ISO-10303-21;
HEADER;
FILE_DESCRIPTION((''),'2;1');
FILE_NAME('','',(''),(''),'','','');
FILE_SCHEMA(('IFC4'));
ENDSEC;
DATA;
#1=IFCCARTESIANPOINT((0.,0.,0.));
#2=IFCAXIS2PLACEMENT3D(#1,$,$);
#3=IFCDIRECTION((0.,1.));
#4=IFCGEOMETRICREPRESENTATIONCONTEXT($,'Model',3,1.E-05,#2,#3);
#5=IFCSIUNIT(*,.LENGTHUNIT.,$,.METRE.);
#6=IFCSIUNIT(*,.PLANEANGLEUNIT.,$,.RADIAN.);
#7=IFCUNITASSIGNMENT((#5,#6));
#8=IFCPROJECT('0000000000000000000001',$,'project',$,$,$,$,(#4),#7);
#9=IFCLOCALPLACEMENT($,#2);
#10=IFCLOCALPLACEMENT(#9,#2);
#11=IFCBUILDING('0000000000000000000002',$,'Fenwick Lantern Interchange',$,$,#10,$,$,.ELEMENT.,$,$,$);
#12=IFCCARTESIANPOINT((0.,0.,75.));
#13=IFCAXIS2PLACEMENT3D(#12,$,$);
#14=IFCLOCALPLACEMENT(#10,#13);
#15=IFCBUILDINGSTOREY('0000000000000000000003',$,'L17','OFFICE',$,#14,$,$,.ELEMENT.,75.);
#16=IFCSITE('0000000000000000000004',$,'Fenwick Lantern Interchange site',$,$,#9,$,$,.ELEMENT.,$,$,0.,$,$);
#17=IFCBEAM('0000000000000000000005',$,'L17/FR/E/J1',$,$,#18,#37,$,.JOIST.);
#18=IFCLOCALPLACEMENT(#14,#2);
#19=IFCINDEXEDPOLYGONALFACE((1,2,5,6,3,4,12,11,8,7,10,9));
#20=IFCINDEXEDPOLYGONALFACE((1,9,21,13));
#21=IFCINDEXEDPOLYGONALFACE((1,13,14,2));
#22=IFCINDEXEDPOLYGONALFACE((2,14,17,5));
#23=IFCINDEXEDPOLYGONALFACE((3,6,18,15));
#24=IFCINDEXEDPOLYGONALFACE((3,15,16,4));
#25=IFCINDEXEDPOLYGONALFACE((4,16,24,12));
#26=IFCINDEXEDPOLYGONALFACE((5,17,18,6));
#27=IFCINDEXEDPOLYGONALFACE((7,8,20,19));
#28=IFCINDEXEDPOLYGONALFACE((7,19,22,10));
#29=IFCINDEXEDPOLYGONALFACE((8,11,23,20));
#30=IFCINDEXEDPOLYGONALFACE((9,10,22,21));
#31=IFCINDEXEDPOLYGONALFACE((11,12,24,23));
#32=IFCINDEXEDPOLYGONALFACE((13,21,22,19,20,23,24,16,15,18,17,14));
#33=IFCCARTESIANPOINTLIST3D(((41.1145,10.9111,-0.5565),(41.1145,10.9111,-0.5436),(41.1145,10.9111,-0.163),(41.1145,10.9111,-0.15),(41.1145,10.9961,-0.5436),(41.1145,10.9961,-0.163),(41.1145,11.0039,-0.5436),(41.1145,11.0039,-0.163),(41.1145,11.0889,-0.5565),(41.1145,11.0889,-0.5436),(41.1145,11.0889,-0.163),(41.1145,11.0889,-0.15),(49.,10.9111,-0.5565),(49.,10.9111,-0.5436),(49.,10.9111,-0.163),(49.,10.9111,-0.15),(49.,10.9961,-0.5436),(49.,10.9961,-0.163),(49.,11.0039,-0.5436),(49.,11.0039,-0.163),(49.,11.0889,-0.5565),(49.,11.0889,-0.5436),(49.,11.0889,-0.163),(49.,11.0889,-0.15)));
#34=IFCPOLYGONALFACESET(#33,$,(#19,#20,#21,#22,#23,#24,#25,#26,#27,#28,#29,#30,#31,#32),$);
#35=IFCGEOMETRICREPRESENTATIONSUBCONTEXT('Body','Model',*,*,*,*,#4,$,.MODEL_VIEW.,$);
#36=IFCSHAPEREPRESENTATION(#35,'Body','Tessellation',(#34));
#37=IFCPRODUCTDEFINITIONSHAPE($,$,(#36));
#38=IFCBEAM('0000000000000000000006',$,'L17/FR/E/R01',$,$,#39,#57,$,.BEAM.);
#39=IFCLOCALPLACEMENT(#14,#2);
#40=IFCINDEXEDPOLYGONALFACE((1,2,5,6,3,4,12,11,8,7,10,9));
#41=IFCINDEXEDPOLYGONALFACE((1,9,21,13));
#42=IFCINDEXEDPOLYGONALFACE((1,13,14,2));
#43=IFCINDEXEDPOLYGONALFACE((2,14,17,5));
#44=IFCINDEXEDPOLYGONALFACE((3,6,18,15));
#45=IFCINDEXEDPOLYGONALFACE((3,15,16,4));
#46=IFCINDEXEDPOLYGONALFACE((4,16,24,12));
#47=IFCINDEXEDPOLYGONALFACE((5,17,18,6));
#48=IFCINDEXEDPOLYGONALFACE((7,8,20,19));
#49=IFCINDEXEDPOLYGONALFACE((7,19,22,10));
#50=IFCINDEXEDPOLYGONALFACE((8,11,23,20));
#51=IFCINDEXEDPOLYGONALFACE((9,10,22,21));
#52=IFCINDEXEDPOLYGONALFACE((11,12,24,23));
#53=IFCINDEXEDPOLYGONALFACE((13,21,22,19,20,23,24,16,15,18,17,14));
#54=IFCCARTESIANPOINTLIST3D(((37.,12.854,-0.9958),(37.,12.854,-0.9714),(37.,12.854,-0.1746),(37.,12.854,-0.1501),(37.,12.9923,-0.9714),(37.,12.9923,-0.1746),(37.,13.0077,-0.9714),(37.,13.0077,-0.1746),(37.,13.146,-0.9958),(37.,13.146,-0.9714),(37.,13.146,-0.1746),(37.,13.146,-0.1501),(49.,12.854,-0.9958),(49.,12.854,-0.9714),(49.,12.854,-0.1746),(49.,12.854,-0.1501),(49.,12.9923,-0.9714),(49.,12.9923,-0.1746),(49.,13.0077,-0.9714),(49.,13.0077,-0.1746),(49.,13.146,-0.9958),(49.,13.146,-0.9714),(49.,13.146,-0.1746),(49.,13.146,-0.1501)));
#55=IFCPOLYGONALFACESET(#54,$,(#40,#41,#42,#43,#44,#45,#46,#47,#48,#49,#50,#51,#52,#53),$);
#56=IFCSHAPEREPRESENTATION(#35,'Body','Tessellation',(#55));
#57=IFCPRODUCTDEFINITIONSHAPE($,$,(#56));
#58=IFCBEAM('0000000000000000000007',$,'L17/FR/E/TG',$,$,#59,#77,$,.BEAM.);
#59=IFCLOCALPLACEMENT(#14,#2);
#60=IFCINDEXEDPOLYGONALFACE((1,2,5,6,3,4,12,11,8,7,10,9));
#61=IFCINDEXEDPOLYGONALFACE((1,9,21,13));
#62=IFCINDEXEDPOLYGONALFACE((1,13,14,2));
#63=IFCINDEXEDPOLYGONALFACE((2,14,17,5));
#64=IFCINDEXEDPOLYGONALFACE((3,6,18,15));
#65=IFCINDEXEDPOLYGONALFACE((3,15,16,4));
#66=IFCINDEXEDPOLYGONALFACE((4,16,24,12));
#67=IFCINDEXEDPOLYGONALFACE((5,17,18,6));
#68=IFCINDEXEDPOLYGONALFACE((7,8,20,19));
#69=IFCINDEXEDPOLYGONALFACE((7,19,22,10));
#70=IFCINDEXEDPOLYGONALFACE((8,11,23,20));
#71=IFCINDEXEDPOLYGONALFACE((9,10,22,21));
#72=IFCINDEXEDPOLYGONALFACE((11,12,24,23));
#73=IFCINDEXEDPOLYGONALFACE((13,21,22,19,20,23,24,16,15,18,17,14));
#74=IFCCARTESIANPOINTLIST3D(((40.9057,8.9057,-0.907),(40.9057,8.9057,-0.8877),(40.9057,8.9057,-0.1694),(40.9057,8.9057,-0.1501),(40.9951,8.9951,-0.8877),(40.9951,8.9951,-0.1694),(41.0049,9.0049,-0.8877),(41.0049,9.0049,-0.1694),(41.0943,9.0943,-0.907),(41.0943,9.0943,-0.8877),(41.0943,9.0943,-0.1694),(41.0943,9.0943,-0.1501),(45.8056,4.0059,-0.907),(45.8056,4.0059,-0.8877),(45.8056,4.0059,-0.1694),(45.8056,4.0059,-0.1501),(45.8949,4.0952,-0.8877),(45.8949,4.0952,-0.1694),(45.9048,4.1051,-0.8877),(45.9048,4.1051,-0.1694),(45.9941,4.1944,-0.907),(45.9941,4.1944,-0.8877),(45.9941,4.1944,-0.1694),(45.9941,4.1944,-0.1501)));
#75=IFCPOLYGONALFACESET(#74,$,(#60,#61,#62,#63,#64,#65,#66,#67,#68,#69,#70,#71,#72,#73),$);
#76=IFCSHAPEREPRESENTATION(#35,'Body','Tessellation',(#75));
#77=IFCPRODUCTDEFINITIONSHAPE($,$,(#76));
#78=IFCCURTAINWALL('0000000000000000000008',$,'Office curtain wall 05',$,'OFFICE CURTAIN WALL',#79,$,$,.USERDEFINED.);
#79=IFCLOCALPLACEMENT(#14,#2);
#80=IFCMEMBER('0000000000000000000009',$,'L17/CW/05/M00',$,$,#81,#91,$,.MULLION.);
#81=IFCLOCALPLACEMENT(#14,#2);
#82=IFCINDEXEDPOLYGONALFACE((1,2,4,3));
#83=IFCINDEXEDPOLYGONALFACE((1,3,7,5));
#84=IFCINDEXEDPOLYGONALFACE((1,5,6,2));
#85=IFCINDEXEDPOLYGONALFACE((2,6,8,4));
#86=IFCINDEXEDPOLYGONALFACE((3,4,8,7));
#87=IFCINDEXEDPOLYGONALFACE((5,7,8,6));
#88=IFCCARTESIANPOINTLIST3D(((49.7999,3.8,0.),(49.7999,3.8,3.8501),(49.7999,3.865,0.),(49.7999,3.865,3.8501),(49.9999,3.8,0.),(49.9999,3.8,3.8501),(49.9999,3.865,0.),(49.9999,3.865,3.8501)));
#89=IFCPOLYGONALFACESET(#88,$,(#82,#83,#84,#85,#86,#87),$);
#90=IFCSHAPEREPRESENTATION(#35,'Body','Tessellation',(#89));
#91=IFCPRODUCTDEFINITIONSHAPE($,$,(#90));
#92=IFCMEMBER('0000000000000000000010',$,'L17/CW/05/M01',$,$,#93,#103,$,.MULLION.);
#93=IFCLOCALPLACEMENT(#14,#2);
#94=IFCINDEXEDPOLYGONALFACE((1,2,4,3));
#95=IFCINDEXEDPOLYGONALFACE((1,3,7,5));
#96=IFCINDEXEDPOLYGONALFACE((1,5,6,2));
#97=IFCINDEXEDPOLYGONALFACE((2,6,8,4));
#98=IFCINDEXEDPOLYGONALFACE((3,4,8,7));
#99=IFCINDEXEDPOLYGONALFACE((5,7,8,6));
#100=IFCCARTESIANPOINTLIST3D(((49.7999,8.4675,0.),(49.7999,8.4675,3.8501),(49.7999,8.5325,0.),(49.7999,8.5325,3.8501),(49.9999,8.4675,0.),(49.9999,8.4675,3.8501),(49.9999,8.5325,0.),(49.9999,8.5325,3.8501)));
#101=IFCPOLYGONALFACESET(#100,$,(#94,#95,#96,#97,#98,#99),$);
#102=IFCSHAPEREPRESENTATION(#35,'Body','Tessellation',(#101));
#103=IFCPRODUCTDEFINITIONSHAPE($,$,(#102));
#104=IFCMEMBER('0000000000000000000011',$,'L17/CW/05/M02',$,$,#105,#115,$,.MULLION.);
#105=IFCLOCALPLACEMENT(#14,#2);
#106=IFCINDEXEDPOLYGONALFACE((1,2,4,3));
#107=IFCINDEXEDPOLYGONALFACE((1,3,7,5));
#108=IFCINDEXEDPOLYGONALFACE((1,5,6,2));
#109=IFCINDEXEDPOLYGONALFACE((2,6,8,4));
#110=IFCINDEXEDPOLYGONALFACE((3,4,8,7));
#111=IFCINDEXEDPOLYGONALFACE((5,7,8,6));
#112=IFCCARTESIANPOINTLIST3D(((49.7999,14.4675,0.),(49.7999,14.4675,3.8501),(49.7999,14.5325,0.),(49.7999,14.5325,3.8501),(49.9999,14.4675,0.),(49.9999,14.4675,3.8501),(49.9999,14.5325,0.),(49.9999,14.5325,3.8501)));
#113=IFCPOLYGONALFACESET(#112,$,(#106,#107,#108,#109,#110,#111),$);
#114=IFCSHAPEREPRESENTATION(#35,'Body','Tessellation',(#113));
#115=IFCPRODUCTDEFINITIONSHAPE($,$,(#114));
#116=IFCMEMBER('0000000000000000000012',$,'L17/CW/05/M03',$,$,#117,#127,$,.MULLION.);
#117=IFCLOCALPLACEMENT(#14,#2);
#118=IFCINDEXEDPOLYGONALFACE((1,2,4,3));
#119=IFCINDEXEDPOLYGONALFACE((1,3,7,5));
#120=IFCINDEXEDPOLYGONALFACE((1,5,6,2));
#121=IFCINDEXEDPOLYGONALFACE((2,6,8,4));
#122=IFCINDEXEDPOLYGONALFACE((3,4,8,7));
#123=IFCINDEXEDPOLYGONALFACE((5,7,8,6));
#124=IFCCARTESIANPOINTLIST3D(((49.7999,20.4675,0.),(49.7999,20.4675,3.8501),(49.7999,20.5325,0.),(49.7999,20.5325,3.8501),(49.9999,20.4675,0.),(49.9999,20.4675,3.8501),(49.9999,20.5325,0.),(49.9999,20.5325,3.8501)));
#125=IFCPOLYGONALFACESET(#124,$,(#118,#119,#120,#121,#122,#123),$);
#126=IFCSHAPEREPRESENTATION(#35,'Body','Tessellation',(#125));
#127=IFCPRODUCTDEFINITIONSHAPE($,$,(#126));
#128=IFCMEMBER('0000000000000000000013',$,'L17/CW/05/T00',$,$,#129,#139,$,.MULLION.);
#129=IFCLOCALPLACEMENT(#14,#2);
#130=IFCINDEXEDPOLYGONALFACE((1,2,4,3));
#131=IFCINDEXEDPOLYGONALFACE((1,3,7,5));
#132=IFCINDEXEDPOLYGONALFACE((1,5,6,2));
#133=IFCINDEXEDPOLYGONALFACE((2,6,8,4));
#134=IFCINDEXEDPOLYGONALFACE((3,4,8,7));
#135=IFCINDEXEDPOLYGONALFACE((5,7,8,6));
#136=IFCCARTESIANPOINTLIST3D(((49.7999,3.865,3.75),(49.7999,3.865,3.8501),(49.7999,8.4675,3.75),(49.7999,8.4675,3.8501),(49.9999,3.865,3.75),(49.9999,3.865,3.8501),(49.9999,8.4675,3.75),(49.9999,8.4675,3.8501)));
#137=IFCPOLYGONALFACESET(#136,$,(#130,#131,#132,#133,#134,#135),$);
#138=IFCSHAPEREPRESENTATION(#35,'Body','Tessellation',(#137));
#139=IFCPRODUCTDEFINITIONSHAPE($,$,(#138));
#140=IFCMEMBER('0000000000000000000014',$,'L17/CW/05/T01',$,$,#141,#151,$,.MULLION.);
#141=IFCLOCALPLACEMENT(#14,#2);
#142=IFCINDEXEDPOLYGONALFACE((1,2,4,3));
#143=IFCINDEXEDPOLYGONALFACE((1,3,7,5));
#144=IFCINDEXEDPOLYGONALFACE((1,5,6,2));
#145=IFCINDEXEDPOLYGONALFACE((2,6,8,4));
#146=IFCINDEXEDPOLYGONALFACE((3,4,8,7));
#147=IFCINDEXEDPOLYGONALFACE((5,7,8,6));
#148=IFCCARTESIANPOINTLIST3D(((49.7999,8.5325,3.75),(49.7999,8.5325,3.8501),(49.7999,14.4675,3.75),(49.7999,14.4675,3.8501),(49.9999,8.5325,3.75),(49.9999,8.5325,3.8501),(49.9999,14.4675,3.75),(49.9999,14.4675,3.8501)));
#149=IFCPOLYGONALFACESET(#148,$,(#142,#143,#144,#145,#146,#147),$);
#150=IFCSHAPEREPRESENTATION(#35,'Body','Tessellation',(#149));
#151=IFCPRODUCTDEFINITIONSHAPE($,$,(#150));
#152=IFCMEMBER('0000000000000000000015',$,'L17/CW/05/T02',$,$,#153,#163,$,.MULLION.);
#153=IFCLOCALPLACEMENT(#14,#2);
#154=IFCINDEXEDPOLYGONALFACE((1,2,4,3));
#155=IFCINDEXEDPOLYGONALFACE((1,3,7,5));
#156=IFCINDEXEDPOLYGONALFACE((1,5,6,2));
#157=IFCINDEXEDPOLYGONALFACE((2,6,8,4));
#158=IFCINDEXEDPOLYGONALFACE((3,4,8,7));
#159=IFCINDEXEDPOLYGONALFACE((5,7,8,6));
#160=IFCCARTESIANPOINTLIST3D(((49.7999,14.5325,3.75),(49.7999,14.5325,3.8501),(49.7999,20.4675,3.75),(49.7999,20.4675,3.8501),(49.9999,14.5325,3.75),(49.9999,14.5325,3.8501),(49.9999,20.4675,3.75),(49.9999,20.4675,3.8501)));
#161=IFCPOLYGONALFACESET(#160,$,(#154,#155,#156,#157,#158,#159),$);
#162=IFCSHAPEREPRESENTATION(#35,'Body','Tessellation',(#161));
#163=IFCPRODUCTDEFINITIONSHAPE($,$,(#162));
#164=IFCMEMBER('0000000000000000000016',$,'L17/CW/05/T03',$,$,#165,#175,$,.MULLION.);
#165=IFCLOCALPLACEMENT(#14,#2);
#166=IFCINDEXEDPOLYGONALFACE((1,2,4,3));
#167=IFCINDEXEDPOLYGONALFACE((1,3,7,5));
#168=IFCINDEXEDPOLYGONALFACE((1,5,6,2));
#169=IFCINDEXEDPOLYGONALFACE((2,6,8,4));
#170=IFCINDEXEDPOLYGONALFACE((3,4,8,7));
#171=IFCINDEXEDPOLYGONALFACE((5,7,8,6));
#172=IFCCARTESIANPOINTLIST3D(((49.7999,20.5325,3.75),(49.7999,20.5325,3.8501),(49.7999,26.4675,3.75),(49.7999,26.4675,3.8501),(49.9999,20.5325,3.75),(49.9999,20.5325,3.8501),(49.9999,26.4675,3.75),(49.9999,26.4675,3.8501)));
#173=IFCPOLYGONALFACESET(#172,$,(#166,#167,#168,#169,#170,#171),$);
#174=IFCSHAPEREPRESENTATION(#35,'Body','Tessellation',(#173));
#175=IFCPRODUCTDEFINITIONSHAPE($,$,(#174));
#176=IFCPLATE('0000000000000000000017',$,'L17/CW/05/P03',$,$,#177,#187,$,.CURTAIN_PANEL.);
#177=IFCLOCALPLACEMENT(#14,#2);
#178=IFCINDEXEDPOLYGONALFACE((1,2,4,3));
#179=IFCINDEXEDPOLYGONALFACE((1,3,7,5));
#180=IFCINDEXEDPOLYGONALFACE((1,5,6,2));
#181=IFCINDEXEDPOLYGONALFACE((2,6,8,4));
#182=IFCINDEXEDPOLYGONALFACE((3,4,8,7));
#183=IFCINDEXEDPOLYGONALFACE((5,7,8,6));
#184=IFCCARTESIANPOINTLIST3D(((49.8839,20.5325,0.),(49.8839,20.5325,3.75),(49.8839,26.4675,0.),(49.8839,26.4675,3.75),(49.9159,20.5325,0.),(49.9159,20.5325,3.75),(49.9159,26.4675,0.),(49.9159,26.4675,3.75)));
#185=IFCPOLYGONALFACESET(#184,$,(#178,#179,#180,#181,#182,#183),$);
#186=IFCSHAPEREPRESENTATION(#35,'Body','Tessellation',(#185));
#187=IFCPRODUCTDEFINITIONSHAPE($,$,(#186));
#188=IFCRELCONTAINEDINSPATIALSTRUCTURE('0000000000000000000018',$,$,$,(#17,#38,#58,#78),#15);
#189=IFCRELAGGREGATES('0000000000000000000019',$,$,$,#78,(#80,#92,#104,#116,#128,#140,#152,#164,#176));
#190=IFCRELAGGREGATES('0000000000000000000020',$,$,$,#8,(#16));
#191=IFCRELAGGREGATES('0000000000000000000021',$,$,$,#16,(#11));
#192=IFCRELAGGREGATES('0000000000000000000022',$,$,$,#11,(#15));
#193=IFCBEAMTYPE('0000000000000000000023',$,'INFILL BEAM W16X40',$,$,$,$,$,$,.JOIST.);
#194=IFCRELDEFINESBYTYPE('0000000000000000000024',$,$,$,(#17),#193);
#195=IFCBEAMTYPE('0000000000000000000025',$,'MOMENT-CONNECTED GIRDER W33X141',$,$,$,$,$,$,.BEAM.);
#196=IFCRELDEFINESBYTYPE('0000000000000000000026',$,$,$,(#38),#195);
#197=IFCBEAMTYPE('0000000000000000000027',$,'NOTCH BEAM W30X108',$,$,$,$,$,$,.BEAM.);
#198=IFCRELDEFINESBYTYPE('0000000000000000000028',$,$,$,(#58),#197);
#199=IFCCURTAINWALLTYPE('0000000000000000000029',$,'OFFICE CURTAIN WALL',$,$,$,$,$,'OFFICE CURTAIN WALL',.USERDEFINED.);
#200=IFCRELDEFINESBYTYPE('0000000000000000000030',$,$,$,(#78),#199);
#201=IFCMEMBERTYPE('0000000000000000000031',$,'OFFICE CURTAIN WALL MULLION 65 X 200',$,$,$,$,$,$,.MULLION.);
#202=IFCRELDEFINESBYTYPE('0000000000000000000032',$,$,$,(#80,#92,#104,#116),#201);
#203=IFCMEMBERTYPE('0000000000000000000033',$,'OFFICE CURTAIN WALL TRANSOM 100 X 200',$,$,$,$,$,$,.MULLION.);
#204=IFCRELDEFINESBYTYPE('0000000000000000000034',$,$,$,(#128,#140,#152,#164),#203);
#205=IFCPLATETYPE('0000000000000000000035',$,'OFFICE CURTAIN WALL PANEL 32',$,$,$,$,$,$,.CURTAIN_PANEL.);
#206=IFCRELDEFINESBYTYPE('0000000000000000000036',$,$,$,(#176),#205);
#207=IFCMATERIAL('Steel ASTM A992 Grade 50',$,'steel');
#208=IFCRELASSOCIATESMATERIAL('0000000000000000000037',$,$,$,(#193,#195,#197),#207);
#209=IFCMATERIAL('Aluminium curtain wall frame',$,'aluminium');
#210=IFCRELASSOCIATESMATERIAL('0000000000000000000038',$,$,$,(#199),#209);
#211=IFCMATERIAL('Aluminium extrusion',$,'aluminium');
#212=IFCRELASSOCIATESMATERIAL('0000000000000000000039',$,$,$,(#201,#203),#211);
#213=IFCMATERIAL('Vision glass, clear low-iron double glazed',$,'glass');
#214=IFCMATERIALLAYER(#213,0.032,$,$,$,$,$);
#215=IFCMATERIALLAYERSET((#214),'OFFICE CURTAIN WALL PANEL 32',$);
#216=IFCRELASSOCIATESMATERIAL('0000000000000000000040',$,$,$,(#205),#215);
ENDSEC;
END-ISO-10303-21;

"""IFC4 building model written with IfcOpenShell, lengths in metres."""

from ifc_helpers import new_model, si_unit, direction, frame, origin, origin_2d, place, context, subcontext, project, spatial, rectangle, i_section, extrude, material, layer, layer_set, material_profile, profile_set, type_object, element, aggregate, save


model = new_model("IFC4")

# Units and contexts
model_context = context("Model", 3, precision=1e-05, world=origin(), true_north=direction((0.0, 1.0)))
body_context = subcontext(model_context, "Body", "Model", "MODEL_VIEW")
ifc_project = project(units=[si_unit("LENGTHUNIT", "METRE"), si_unit("PLANEANGLEUNIT", "RADIAN")], contexts=[model_context])

# Site, building, storey
site_placement = place(None, origin())
site = spatial("IfcSite", under=ifc_project, at=site_placement, Name="Fenwick Lantern Interchange site", CompositionType="ELEMENT", RefElevation=0.0)
building_placement = place(site_placement, origin())
building = spatial("IfcBuilding", under=site, at=building_placement, Name="Fenwick Lantern Interchange", CompositionType="ELEMENT")
storey_placement = place(building_placement, frame((0.0, 0.0, 75.0)))
storey = spatial("IfcBuildingStorey", under=building, at=storey_placement, Name="L17", Description="OFFICE", CompositionType="ELEMENT", Elevation=75.0)

# Beams
ifc_material_1 = material(Name="Steel ASTM A992 Grade 50", Category="steel")
ifc_material_profile_1 = material_profile(ifc_material_1, i_section(OverallWidth=0.1777, OverallDepth=0.4065, WebThickness=0.0078, FlangeThickness=0.0129, at=origin_2d()), Name="W16X40")
ifc_profile_set_1 = profile_set([ifc_material_profile_1], Name="Steel ASTM A992 Grade 50")
beam_type_1 = type_object("IfcBeamType", Name="INFILL BEAM W16X40", PredefinedType="JOIST", material=ifc_profile_set_1)
beam_1_placement = place(storey_placement, frame((49.0, 11.0, -0.3533), z_axis=(-1.0, 0.0, 0.0), x_axis=(0.0, -1.0, 0.0)))
element("IfcBeam", 1, at=beam_1_placement, inside=storey, type_object=beam_type_1, Name="L17/FR/E/J1", PredefinedType="JOIST", context=body_context, shape_type="SweptSolid", body=[
    extrude(i_section(OverallWidth=0.1777, OverallDepth=0.4065, WebThickness=0.0078, FlangeThickness=0.0129, at=origin_2d()), origin(), (0.0, 0.0, 1.0), 7.8855),
])
ifc_material_profile_2 = material_profile(ifc_material_1, i_section(OverallWidth=0.292, OverallDepth=0.8457, WebThickness=0.0154, FlangeThickness=0.0244, at=origin_2d()), Name="W33X141")
ifc_profile_set_2 = profile_set([ifc_material_profile_2], Name="Steel ASTM A992 Grade 50")
beam_type_2 = type_object("IfcBeamType", Name="MOMENT-CONNECTED GIRDER W33X141", PredefinedType="BEAM", material=ifc_profile_set_2)
beam_2_placement = place(storey_placement, frame((49.0, 13.0, -0.573), z_axis=(-1.0, 0.0, 0.0), x_axis=(0.0, -1.0, 0.0)))
element("IfcBeam", 2, at=beam_2_placement, inside=storey, type_object=beam_type_2, Name="L17/FR/E/R01", PredefinedType="BEAM", context=body_context, shape_type="SweptSolid", body=[
    extrude(i_section(OverallWidth=0.292, OverallDepth=0.8457, WebThickness=0.0154, FlangeThickness=0.0244, at=origin_2d()), origin(), (0.0, 0.0, 1.0), 12.0),
])
ifc_material_profile_3 = material_profile(ifc_material_1, i_section(OverallWidth=0.2666, OverallDepth=0.7568, WebThickness=0.0139, FlangeThickness=0.0193, at=origin_2d()), Name="W30X108")
ifc_profile_set_3 = profile_set([ifc_material_profile_3], Name="Steel ASTM A992 Grade 50")
beam_type_3 = type_object("IfcBeamType", Name="NOTCH BEAM W30X108", PredefinedType="BEAM", material=ifc_profile_set_3)
beam_3_placement = place(storey_placement, frame((41.0, 9.0, -0.5286), z_axis=(0.707107, -0.707107, 0.0), x_axis=(0.707107, 0.707107, 0.0)))
element("IfcBeam", 3, at=beam_3_placement, inside=storey, type_object=beam_type_3, Name="L17/FR/E/TG", PredefinedType="BEAM", context=body_context, shape_type="SweptSolid", body=[
    extrude(i_section(OverallWidth=0.2666, OverallDepth=0.7568, WebThickness=0.0139, FlangeThickness=0.0193, at=origin_2d()), origin(), (0.0, 0.0, 1.0), 6.9294),
])

# Curtain wall, members, plate
ifc_material_2 = material(Name="Aluminium curtain wall frame", Category="aluminium")
curtain_wall_type = type_object("IfcCurtainWallType", Name="OFFICE CURTAIN WALL", ElementType="OFFICE CURTAIN WALL", PredefinedType="USERDEFINED", material=ifc_material_2)
curtain_wall_placement = place(storey_placement, origin())
curtain_wall = element("IfcCurtainWall", 4, at=curtain_wall_placement, inside=storey, type_object=curtain_wall_type, Name="Office curtain wall 05", ObjectType="OFFICE CURTAIN WALL", PredefinedType="USERDEFINED")
ifc_material_3 = material(Name="Aluminium extrusion", Category="aluminium")
ifc_material_profile_4 = material_profile(ifc_material_3, rectangle(XDim=0.2, YDim=0.0649, at=origin_2d()), Name="OFFICE CURTAIN WALL MULLION 65 X 200")
ifc_profile_set_4 = profile_set([ifc_material_profile_4], Name="Aluminium extrusion")
member_type_1 = type_object("IfcMemberType", Name="OFFICE CURTAIN WALL MULLION 65 X 200", PredefinedType="MULLION", material=ifc_profile_set_4)
member_1_placement = place(storey_placement, frame((49.8999, 3.8325, 0.0), z_axis=(0.0, 0.0, 1.0), x_axis=(-1.0, 0.0, 0.0)))
member_1 = element("IfcMember", 5, at=member_1_placement, type_object=member_type_1, Name="L17/CW/05/M00", PredefinedType="MULLION", context=body_context, shape_type="SweptSolid", body=[
    extrude(rectangle(XDim=0.2, YDim=0.0649, at=origin_2d()), origin(), (0.0, 0.0, 1.0), 3.8501),
])
member_2_placement = place(storey_placement, frame((49.8999, 8.5, 0.0), z_axis=(0.0, 0.0, 1.0), x_axis=(-1.0, 0.0, 0.0)))
member_2 = element("IfcMember", 6, at=member_2_placement, type_object=member_type_1, Name="L17/CW/05/M01", PredefinedType="MULLION", context=body_context, shape_type="SweptSolid", body=[
    extrude(rectangle(XDim=0.2, YDim=0.0649, at=origin_2d()), origin(), (0.0, 0.0, 1.0), 3.8501),
])
member_3_placement = place(storey_placement, frame((49.8999, 14.5, 0.0), z_axis=(0.0, 0.0, 1.0), x_axis=(-1.0, 0.0, 0.0)))
member_3 = element("IfcMember", 7, at=member_3_placement, type_object=member_type_1, Name="L17/CW/05/M02", PredefinedType="MULLION", context=body_context, shape_type="SweptSolid", body=[
    extrude(rectangle(XDim=0.2, YDim=0.0649, at=origin_2d()), origin(), (0.0, 0.0, 1.0), 3.8501),
])
member_4_placement = place(storey_placement, frame((49.8999, 20.5, 0.0), z_axis=(0.0, 0.0, 1.0), x_axis=(-1.0, 0.0, 0.0)))
member_4 = element("IfcMember", 8, at=member_4_placement, type_object=member_type_1, Name="L17/CW/05/M03", PredefinedType="MULLION", context=body_context, shape_type="SweptSolid", body=[
    extrude(rectangle(XDim=0.2, YDim=0.0649, at=origin_2d()), origin(), (0.0, 0.0, 1.0), 3.8501),
])
ifc_material_profile_5 = material_profile(ifc_material_3, rectangle(XDim=0.2, YDim=0.1001, at=origin_2d()), Name="OFFICE CURTAIN WALL TRANSOM 100 X 200")
ifc_profile_set_5 = profile_set([ifc_material_profile_5], Name="Aluminium extrusion")
member_type_2 = type_object("IfcMemberType", Name="OFFICE CURTAIN WALL TRANSOM 100 X 200", PredefinedType="MULLION", material=ifc_profile_set_5)
member_5_placement = place(storey_placement, frame((49.8999, 3.865, 3.8), z_axis=(0.0, 1.0, 0.0), x_axis=(-1.0, 0.0, 0.0)))
member_5 = element("IfcMember", 9, at=member_5_placement, type_object=member_type_2, Name="L17/CW/05/T00", PredefinedType="MULLION", context=body_context, shape_type="SweptSolid", body=[
    extrude(rectangle(XDim=0.2, YDim=0.1001, at=origin_2d()), origin(), (0.0, 0.0, 1.0), 4.6025),
])
member_6_placement = place(storey_placement, frame((49.8999, 8.5325, 3.8), z_axis=(0.0, 1.0, 0.0), x_axis=(-1.0, 0.0, 0.0)))
member_6 = element("IfcMember", 10, at=member_6_placement, type_object=member_type_2, Name="L17/CW/05/T01", PredefinedType="MULLION", context=body_context, shape_type="SweptSolid", body=[
    extrude(rectangle(XDim=0.2, YDim=0.1001, at=origin_2d()), origin(), (0.0, 0.0, 1.0), 5.9351),
])
member_7_placement = place(storey_placement, frame((49.8999, 14.5325, 3.8), z_axis=(0.0, 1.0, 0.0), x_axis=(-1.0, 0.0, 0.0)))
member_7 = element("IfcMember", 11, at=member_7_placement, type_object=member_type_2, Name="L17/CW/05/T02", PredefinedType="MULLION", context=body_context, shape_type="SweptSolid", body=[
    extrude(rectangle(XDim=0.2, YDim=0.1001, at=origin_2d()), origin(), (0.0, 0.0, 1.0), 5.9351),
])
member_8_placement = place(storey_placement, frame((49.8999, 20.5325, 3.8), z_axis=(0.0, 1.0, 0.0), x_axis=(-1.0, 0.0, 0.0)))
member_8 = element("IfcMember", 12, at=member_8_placement, type_object=member_type_2, Name="L17/CW/05/T03", PredefinedType="MULLION", context=body_context, shape_type="SweptSolid", body=[
    extrude(rectangle(XDim=0.2, YDim=0.1001, at=origin_2d()), origin(), (0.0, 0.0, 1.0), 5.9351),
])
ifc_material_4 = material(Name="Vision glass, clear low-iron double glazed", Category="glass")
ifc_layer_1 = layer(ifc_material_4, 0.032)
ifc_layer_set_1 = layer_set([ifc_layer_1], Name="OFFICE CURTAIN WALL PANEL 32")
plate_type = type_object("IfcPlateType", Name="OFFICE CURTAIN WALL PANEL 32", PredefinedType="CURTAIN_PANEL", material=ifc_layer_set_1)
plate_1_placement = place(storey_placement, frame((49.8999, 23.5, 0.0), z_axis=(0.0, 0.0, 1.0), x_axis=(0.0, 1.0, 0.0)))
plate_1 = element("IfcPlate", 13, at=plate_1_placement, type_object=plate_type, Name="L17/CW/05/P03", PredefinedType="CURTAIN_PANEL", context=body_context, shape_type="SweptSolid", body=[
    extrude(rectangle(XDim=5.9351, YDim=0.032, at=origin_2d()), origin(), (0.0, 0.0, 1.0), 3.75),
])
aggregate(curtain_wall, [member_1, member_2, member_3, member_4, member_5, member_6, member_7, member_8, plate_1])

save(model, "model.ifc")
